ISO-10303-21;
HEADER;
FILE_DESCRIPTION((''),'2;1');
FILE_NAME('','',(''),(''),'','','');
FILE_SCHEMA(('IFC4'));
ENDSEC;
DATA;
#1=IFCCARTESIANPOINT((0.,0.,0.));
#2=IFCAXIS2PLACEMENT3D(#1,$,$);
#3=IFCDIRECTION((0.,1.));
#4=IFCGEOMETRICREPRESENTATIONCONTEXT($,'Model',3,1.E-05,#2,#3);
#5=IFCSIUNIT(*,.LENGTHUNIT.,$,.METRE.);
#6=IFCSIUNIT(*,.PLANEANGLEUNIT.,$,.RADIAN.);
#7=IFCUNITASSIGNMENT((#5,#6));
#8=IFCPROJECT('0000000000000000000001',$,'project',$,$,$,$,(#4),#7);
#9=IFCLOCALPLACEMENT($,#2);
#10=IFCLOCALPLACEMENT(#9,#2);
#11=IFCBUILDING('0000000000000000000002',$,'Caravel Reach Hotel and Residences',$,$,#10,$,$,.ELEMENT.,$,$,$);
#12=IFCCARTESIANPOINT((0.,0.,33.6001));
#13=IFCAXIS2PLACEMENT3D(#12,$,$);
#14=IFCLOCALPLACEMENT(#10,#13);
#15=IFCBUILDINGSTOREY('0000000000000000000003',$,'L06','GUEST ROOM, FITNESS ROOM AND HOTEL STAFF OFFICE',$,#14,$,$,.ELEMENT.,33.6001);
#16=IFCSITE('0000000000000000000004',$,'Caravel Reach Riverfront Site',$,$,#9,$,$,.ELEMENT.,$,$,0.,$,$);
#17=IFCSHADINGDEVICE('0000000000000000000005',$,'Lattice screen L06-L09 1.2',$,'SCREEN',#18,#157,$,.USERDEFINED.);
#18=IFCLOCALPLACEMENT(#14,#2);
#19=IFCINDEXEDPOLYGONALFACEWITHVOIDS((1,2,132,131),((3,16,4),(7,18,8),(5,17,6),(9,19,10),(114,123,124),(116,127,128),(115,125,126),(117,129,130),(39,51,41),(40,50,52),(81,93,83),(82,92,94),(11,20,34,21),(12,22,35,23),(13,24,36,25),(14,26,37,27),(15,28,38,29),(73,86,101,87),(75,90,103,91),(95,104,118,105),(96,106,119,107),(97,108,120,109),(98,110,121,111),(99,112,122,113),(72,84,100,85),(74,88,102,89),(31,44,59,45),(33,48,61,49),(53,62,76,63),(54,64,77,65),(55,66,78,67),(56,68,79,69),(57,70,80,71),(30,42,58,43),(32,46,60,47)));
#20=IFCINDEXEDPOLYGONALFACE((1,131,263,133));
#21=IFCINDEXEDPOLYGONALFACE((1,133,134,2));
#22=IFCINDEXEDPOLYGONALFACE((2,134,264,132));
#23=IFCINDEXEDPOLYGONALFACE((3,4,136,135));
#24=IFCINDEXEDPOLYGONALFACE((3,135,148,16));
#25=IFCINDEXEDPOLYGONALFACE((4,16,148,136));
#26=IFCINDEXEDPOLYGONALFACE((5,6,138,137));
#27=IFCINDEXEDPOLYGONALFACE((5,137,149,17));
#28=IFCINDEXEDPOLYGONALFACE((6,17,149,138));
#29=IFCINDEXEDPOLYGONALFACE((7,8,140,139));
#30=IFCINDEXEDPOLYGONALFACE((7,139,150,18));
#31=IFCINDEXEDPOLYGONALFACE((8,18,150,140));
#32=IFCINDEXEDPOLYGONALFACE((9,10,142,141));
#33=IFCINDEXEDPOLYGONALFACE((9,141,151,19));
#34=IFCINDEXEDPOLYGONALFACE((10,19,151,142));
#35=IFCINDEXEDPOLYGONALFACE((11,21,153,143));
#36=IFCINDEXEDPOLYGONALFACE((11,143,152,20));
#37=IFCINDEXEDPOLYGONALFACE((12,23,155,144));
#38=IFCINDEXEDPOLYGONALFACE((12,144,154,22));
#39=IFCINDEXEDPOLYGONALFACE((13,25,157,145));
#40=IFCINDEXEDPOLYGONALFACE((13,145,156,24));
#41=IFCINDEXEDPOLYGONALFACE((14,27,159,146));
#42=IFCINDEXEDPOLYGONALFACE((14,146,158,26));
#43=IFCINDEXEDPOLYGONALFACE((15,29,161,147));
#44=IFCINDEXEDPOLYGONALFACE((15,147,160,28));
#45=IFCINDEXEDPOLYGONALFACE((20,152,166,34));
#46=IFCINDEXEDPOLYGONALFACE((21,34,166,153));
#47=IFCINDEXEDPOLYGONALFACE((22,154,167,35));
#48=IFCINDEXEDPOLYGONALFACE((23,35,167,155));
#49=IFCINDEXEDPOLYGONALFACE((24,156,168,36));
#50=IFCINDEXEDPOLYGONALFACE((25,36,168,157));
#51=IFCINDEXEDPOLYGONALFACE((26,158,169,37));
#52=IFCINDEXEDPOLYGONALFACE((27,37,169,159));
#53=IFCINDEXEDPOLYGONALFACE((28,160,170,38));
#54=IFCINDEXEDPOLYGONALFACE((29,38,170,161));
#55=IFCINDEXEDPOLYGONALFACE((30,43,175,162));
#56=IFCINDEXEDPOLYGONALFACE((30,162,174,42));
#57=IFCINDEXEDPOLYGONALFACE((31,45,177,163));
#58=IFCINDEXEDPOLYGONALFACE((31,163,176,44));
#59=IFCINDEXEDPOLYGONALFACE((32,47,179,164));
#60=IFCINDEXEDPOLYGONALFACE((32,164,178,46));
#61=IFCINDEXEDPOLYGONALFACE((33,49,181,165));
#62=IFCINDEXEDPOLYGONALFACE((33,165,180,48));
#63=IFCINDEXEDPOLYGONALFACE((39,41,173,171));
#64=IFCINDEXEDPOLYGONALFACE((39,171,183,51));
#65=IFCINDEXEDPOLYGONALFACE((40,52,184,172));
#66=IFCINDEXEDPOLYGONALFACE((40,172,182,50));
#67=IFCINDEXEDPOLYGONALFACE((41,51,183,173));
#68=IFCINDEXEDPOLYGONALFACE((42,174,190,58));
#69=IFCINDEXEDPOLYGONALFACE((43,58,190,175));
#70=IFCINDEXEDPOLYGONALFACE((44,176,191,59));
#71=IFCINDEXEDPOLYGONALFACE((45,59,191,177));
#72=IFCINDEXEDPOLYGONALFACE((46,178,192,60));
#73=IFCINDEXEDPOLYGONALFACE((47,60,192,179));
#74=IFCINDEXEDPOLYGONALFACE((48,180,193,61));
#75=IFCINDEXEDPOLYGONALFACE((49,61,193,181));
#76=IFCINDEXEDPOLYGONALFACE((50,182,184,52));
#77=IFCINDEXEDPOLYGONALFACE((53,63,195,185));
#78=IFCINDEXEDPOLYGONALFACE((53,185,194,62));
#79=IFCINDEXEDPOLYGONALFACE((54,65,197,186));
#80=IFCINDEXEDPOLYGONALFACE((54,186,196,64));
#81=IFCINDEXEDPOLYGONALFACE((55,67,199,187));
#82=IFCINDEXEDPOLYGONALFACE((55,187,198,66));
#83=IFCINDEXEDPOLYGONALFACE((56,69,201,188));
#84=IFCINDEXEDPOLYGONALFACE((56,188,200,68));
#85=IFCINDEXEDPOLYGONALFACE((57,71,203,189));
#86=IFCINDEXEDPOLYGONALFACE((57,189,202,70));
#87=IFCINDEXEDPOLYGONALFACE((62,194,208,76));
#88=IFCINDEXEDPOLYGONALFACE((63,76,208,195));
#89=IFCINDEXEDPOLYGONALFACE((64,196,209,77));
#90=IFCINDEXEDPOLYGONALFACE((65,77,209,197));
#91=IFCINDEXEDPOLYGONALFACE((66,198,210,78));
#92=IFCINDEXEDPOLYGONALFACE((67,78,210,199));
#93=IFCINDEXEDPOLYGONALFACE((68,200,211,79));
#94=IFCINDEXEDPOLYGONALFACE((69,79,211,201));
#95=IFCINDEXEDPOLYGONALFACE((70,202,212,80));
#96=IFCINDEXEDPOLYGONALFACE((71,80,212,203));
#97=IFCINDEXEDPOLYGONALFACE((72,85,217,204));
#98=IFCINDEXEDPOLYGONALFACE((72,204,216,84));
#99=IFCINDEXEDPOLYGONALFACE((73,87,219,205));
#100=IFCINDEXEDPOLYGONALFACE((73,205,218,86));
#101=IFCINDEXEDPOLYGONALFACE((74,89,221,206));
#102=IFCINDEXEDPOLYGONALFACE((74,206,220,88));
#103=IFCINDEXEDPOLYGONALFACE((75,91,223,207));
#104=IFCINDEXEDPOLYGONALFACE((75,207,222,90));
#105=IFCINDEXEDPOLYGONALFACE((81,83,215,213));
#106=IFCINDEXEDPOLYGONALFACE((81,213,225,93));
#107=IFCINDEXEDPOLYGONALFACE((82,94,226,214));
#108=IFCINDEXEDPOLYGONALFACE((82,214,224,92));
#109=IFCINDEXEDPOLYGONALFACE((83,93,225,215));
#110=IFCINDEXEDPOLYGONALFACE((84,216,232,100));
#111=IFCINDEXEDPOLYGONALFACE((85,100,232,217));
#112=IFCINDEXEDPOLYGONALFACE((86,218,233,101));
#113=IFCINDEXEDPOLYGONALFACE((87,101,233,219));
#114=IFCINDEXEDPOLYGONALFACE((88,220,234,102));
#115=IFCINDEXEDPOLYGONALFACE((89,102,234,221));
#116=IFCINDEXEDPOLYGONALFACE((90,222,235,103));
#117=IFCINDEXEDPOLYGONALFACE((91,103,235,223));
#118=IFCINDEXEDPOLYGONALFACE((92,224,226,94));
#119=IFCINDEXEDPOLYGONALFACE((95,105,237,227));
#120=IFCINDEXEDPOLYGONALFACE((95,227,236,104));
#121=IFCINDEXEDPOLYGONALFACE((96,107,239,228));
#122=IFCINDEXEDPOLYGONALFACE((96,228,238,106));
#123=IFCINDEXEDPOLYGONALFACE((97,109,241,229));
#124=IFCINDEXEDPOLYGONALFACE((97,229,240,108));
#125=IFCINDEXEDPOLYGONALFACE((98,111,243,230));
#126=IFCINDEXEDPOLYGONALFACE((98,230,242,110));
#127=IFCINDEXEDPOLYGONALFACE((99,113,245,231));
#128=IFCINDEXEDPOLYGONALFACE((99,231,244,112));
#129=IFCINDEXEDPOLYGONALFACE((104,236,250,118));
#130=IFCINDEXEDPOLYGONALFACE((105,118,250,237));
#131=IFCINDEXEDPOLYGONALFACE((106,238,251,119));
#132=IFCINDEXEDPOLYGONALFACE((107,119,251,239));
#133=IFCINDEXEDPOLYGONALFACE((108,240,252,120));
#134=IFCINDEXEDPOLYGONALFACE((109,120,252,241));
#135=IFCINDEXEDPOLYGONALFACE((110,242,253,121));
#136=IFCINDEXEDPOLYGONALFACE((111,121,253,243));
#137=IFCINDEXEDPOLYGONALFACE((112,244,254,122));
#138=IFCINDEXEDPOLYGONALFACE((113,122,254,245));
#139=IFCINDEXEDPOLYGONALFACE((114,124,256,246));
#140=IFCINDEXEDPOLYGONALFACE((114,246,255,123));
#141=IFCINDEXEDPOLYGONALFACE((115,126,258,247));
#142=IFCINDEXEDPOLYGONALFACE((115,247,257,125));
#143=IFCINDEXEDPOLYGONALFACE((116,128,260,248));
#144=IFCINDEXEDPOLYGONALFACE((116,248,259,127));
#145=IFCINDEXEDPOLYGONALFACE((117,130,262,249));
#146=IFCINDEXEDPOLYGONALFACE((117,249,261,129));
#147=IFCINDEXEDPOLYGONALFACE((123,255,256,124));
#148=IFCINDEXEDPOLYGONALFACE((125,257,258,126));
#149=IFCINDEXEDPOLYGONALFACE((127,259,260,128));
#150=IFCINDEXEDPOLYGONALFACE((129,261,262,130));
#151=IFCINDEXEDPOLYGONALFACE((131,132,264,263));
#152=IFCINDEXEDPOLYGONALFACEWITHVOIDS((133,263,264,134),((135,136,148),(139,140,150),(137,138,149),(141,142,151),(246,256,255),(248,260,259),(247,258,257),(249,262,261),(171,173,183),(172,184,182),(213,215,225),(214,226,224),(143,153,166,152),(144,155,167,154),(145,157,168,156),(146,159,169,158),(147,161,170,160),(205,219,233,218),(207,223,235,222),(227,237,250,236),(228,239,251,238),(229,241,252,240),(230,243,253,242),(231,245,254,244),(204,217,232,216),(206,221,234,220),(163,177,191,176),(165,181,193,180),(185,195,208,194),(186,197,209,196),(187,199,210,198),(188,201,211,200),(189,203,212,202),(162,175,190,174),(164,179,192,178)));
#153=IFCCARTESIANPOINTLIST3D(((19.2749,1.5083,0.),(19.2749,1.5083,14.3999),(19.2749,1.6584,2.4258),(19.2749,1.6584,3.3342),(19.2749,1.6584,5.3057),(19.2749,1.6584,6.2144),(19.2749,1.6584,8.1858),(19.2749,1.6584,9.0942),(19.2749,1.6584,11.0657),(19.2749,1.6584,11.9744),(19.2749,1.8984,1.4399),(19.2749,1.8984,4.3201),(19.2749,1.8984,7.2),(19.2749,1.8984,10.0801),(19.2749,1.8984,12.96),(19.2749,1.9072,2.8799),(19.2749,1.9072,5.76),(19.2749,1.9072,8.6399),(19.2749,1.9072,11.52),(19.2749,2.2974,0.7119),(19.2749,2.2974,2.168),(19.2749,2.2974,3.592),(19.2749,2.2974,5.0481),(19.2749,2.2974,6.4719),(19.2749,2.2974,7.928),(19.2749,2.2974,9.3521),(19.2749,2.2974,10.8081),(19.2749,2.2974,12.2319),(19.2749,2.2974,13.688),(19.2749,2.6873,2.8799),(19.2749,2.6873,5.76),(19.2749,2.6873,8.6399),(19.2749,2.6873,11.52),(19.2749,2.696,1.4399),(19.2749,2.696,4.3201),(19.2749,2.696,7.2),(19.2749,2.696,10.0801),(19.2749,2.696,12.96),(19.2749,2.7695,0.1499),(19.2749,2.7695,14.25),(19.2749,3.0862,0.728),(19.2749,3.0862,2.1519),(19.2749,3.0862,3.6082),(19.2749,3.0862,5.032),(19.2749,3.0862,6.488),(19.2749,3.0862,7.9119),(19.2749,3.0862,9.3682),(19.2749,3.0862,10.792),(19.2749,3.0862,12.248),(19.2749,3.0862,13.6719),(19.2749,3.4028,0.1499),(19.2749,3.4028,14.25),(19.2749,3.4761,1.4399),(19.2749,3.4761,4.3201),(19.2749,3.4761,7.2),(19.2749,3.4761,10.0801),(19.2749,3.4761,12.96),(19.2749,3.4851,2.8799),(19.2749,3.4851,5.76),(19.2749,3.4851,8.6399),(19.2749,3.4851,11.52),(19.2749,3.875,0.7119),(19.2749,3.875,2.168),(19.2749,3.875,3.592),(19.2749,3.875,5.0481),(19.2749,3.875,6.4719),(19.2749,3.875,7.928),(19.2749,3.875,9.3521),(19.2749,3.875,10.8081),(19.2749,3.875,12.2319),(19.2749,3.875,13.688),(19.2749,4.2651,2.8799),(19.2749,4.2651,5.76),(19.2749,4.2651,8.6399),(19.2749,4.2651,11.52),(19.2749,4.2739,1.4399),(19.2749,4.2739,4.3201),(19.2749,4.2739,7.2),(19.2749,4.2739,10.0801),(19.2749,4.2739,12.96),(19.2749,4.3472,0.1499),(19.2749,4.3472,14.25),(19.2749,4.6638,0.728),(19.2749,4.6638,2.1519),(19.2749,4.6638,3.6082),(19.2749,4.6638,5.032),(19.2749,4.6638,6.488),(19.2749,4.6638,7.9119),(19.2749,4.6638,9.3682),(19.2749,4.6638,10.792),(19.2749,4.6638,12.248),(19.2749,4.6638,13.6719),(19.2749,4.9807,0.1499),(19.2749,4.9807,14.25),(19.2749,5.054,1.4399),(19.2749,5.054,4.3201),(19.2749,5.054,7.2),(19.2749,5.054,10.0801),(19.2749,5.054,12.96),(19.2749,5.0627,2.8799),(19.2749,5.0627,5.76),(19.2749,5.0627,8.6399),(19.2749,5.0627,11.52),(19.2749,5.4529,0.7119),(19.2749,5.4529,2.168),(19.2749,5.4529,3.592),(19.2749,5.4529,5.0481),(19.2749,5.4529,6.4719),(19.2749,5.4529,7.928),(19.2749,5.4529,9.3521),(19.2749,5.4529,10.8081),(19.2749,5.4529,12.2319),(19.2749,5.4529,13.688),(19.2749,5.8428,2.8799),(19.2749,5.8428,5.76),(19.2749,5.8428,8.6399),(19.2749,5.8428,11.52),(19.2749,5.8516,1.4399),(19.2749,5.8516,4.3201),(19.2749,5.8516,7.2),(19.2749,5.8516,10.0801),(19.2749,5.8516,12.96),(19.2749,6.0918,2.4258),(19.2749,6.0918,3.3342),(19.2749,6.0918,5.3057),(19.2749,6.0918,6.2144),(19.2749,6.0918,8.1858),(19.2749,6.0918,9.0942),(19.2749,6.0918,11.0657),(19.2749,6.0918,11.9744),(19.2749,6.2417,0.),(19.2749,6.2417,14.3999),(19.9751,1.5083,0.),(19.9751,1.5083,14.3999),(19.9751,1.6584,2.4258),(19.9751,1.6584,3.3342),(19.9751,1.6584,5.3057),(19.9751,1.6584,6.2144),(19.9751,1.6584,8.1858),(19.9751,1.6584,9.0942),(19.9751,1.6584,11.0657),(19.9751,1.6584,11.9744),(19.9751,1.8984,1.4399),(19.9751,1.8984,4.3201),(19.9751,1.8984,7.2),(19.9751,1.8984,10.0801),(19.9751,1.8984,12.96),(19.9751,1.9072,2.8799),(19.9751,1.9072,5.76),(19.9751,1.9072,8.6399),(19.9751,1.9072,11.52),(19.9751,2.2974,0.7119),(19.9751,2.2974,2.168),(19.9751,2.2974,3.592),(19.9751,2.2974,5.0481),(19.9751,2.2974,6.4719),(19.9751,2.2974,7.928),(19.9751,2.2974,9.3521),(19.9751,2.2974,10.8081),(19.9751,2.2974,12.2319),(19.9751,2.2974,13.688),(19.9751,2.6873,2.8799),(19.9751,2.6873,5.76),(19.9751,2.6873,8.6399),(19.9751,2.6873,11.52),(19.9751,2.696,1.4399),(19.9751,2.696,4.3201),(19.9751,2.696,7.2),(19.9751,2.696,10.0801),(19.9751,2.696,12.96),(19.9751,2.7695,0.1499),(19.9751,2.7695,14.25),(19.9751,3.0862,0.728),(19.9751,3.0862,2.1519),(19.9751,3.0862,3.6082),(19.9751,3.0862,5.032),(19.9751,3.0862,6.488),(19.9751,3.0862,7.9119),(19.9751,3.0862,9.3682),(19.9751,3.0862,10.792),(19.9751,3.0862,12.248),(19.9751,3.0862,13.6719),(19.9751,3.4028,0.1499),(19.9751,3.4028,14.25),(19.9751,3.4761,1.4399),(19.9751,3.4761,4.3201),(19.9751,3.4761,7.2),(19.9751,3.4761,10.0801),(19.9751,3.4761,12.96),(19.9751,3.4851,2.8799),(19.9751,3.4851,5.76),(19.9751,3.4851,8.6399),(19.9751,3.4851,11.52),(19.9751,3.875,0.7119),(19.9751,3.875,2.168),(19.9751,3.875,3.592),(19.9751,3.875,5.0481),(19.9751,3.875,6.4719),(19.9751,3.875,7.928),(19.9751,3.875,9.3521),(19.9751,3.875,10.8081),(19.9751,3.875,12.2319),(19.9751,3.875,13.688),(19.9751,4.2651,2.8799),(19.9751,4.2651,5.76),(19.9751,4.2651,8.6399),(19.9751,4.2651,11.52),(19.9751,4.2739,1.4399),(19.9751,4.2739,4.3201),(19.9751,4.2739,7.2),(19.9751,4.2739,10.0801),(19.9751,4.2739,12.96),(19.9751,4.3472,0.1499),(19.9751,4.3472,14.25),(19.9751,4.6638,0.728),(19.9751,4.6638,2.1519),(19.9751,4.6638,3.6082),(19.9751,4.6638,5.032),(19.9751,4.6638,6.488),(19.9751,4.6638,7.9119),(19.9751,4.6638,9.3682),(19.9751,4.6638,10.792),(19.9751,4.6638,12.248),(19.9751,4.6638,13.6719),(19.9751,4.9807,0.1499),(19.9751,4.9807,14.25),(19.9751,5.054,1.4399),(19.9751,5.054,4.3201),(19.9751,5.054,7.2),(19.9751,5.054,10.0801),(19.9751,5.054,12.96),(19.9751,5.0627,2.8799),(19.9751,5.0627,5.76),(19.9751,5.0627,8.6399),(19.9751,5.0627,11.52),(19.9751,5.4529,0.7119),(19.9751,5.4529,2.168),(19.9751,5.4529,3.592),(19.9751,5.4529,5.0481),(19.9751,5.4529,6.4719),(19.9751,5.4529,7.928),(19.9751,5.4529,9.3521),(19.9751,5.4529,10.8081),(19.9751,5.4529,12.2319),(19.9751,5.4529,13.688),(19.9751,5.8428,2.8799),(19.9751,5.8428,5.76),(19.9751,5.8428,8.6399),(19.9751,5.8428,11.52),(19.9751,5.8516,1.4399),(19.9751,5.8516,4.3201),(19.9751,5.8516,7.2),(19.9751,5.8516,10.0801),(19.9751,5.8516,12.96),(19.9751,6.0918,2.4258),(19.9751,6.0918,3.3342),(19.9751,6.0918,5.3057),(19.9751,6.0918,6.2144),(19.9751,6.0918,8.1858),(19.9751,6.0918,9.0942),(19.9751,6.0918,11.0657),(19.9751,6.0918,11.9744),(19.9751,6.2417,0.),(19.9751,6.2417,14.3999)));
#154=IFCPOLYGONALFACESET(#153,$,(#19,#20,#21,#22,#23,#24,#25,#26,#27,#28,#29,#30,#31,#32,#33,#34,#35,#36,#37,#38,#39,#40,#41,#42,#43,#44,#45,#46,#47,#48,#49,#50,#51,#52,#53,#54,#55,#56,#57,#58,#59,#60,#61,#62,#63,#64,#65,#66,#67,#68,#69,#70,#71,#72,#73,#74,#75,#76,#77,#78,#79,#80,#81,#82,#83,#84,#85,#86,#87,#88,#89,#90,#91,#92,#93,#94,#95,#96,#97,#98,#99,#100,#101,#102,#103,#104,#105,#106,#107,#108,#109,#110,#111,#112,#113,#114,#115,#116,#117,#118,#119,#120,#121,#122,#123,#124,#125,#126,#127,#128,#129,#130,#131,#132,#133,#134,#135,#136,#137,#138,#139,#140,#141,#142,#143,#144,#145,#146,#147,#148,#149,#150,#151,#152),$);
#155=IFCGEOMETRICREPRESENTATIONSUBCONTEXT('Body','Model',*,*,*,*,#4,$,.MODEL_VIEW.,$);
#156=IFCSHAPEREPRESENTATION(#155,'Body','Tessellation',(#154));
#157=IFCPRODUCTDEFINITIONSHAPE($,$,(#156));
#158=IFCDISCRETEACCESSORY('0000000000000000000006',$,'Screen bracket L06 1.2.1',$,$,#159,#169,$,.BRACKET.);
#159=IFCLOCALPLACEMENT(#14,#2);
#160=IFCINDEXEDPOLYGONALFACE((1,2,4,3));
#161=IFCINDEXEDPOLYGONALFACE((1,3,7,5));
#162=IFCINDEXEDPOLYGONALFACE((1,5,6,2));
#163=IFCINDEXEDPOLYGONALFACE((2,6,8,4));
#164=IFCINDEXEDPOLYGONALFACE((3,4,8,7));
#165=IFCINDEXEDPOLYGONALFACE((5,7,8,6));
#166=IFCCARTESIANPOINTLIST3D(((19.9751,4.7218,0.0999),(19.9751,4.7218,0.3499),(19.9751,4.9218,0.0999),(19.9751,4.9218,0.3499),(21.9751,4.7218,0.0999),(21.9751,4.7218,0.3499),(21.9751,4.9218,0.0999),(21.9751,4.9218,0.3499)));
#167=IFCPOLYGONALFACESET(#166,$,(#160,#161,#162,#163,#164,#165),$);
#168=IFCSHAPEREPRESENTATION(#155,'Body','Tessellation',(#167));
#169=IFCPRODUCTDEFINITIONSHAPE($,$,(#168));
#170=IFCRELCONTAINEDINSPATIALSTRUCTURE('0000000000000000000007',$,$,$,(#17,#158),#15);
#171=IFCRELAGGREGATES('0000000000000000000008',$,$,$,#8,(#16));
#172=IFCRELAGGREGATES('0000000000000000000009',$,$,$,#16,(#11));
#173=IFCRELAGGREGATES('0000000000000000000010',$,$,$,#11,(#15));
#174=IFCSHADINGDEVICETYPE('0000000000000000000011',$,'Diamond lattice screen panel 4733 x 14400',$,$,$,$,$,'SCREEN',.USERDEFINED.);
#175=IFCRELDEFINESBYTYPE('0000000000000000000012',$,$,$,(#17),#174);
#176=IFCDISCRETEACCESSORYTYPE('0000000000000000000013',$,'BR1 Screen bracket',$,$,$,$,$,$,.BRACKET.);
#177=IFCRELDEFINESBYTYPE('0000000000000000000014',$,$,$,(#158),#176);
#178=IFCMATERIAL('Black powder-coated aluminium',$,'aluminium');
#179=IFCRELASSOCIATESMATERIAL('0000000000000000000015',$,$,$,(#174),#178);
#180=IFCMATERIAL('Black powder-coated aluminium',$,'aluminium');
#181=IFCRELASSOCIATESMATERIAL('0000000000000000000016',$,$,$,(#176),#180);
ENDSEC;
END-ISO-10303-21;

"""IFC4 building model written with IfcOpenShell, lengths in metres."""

from ifc_helpers import new_model, si_unit, direction, frame, origin, origin_2d, place, context, subcontext, project, spatial, polyline, rectangle, outline, extrude, material, type_object, element, save


model = new_model("IFC4")

# Units and contexts
model_context = context("Model", 3, precision=1e-05, world=origin(), true_north=direction((0.0, 1.0)))
body_context = subcontext(model_context, "Body", "Model", "MODEL_VIEW")
ifc_project = project(units=[si_unit("LENGTHUNIT", "METRE"), si_unit("PLANEANGLEUNIT", "RADIAN")], contexts=[model_context])

# Site, building, storey
site_placement = place(None, origin())
site = spatial("IfcSite", under=ifc_project, at=site_placement, Name="Caravel Reach Riverfront Site", CompositionType="ELEMENT", RefElevation=0.0)
building_placement = place(site_placement, origin())
building = spatial("IfcBuilding", under=site, at=building_placement, Name="Caravel Reach Hotel and Residences", CompositionType="ELEMENT")
storey_placement = place(building_placement, frame((0.0, 0.0, 33.6001)))
storey = spatial("IfcBuildingStorey", under=building, at=storey_placement, Name="L06", Description="GUEST ROOM, FITNESS ROOM AND HOTEL STAFF OFFICE", CompositionType="ELEMENT", Elevation=33.6001)

# Shading device
ifc_material_1 = material(Name="Black powder-coated aluminium", Category="aluminium")
shading_device_type = type_object("IfcShadingDeviceType", Name="Diamond lattice screen panel 4733 x 14400", ElementType="SCREEN", PredefinedType="USERDEFINED", material=ifc_material_1)
shading_device_placement = place(storey_placement, frame((19.9751, 6.2417, 0.0), z_axis=(-1.0, 0.0, 0.0), x_axis=(0.0, -1.0, 0.0)))
element("IfcShadingDevice", 1, at=shading_device_placement, inside=storey, type_object=shading_device_type, Name="Lattice screen L06-L09 1.2", ObjectType="SCREEN", PredefinedType="USERDEFINED", context=body_context, shape_type="SweptSolid", body=[
    extrude(outline(polyline([(0.0, 0.0), (4.7334, 0.0), (4.7334, 14.3999), (0.0, 14.3999), (0.0, 0.0)]), holes=[polyline([(0.3989, 2.8799), (0.1499, 3.3342), (0.1499, 2.4258), (0.3989, 2.8799)]), polyline([(0.3989, 5.76), (0.1499, 6.2144), (0.1499, 5.3057), (0.3989, 5.76)]), polyline([(0.3989, 8.6399), (0.1499, 9.0942), (0.1499, 8.1858), (0.3989, 8.6399)]), polyline([(0.3989, 11.52), (0.1499, 11.9744), (0.1499, 11.0657), (0.3989, 11.52)]), polyline([(0.7888, 2.168), (0.3901, 1.4399), (0.7888, 0.7119), (1.1877, 1.4399), (0.7888, 2.168)]), polyline([(0.7888, 5.0481), (0.3901, 4.3201), (0.7888, 3.592), (1.1877, 4.3201), (0.7888, 5.0481)]), polyline([(0.7888, 7.928), (0.3901, 7.2), (0.7888, 6.4719), (1.1877, 7.2), (0.7888, 7.928)]), polyline([(0.7888, 10.8081), (0.3901, 10.0801), (0.7888, 9.3521), (1.1877, 10.0801), (0.7888, 10.8081)]), polyline([(0.7888, 13.688), (0.3901, 12.96), (0.7888, 12.2319), (1.1877, 12.96), (0.7888, 13.688)]), polyline([(1.5779, 0.728), (1.261, 0.1499), (1.8945, 0.1499), (1.5779, 0.728)]), polyline([(1.5779, 3.6082), (1.179, 2.8799), (1.5779, 2.1519), (1.9766, 2.8799), (1.5779, 3.6082)]), polyline([(1.5779, 6.488), (1.179, 5.76), (1.5779, 5.032), (1.9766, 5.76), (1.5779, 6.488)]), polyline([(1.5779, 9.3682), (1.179, 8.6399), (1.5779, 7.9119), (1.9766, 8.6399), (1.5779, 9.3682)]), polyline([(1.5779, 12.248), (1.179, 11.52), (1.5779, 10.792), (1.9766, 11.52), (1.5779, 12.248)]), polyline([(1.5779, 13.6719), (1.8945, 14.25), (1.261, 14.25), (1.5779, 13.6719)]), polyline([(2.3667, 2.168), (1.9678, 1.4399), (2.3667, 0.7119), (2.7656, 1.4399), (2.3667, 2.168)]), polyline([(2.3667, 5.0481), (1.9678, 4.3201), (2.3667, 3.592), (2.7656, 4.3201), (2.3667, 5.0481)]), polyline([(2.3667, 7.928), (1.9678, 7.2), (2.3667, 6.4719), (2.7656, 7.2), (2.3667, 7.928)]), polyline([(2.3667, 10.8081), (1.9678, 10.0801), (2.3667, 9.3521), (2.7656, 10.0801), (2.3667, 10.8081)]), polyline([(2.3667, 13.688), (1.9678, 12.96), (2.3667, 12.2319), (2.7656, 12.96), (2.3667, 13.688)]), polyline([(3.1555, 0.728), (2.8389, 0.1499), (3.4722, 0.1499), (3.1555, 0.728)]), polyline([(3.1555, 3.6082), (2.7566, 2.8799), (3.1555, 2.1519), (3.5544, 2.8799), (3.1555, 3.6082)]), polyline([(3.1555, 6.488), (2.7566, 5.76), (3.1555, 5.032), (3.5544, 5.76), (3.1555, 6.488)]), polyline([(3.1555, 9.3682), (2.7566, 8.6399), (3.1555, 7.9119), (3.5544, 8.6399), (3.1555, 9.3682)]), polyline([(3.1555, 12.248), (2.7566, 11.52), (3.1555, 10.792), (3.5544, 11.52), (3.1555, 12.248)]), polyline([(3.1555, 13.6719), (3.4722, 14.25), (2.8389, 14.25), (3.1555, 13.6719)]), polyline([(3.9443, 2.168), (3.5457, 1.4399), (3.9443, 0.7119), (4.3433, 1.4399), (3.9443, 2.168)]), polyline([(3.9443, 5.0481), (3.5457, 4.3201), (3.9443, 3.592), (4.3433, 4.3201), (3.9443, 5.0481)]), polyline([(3.9443, 7.928), (3.5457, 7.2), (3.9443, 6.4719), (4.3433, 7.2), (3.9443, 7.928)]), polyline([(3.9443, 10.8081), (3.5457, 10.0801), (3.9443, 9.3521), (4.3433, 10.0801), (3.9443, 10.8081)]), polyline([(3.9443, 13.688), (3.5457, 12.96), (3.9443, 12.2319), (4.3433, 12.96), (3.9443, 13.688)]), polyline([(4.3345, 2.8799), (4.5833, 2.4258), (4.5833, 3.3342), (4.3345, 2.8799)]), polyline([(4.3345, 5.76), (4.5833, 5.3057), (4.5833, 6.2144), (4.3345, 5.76)]), polyline([(4.3345, 8.6399), (4.5833, 8.1858), (4.5833, 9.0942), (4.3345, 8.6399)]), polyline([(4.3345, 11.52), (4.5833, 11.0657), (4.5833, 11.9744), (4.3345, 11.52)])]), origin(), (0.0, 0.0, 1.0), 0.7002),
])

# Discrete accessory
ifc_material_2 = material(Name="Black powder-coated aluminium", Category="aluminium")
discrete_accessory_type = type_object("IfcDiscreteAccessoryType", Name="BR1 Screen bracket", PredefinedType="BRACKET", material=ifc_material_2)
discrete_accessory_placement = place(storey_placement, frame((20.9751, 4.8218, 0.0999), z_axis=(0.0, 0.0, 1.0), x_axis=(-1.0, 0.0, 0.0)))
element("IfcDiscreteAccessory", 2, at=discrete_accessory_placement, inside=storey, type_object=discrete_accessory_type, Name="Screen bracket L06 1.2.1", PredefinedType="BRACKET", context=body_context, shape_type="SweptSolid", body=[
    extrude(rectangle(XDim=2.0, YDim=0.2, at=origin_2d()), origin(), (0.0, 0.0, 1.0), 0.25),
])

save(model, "model.ifc")
